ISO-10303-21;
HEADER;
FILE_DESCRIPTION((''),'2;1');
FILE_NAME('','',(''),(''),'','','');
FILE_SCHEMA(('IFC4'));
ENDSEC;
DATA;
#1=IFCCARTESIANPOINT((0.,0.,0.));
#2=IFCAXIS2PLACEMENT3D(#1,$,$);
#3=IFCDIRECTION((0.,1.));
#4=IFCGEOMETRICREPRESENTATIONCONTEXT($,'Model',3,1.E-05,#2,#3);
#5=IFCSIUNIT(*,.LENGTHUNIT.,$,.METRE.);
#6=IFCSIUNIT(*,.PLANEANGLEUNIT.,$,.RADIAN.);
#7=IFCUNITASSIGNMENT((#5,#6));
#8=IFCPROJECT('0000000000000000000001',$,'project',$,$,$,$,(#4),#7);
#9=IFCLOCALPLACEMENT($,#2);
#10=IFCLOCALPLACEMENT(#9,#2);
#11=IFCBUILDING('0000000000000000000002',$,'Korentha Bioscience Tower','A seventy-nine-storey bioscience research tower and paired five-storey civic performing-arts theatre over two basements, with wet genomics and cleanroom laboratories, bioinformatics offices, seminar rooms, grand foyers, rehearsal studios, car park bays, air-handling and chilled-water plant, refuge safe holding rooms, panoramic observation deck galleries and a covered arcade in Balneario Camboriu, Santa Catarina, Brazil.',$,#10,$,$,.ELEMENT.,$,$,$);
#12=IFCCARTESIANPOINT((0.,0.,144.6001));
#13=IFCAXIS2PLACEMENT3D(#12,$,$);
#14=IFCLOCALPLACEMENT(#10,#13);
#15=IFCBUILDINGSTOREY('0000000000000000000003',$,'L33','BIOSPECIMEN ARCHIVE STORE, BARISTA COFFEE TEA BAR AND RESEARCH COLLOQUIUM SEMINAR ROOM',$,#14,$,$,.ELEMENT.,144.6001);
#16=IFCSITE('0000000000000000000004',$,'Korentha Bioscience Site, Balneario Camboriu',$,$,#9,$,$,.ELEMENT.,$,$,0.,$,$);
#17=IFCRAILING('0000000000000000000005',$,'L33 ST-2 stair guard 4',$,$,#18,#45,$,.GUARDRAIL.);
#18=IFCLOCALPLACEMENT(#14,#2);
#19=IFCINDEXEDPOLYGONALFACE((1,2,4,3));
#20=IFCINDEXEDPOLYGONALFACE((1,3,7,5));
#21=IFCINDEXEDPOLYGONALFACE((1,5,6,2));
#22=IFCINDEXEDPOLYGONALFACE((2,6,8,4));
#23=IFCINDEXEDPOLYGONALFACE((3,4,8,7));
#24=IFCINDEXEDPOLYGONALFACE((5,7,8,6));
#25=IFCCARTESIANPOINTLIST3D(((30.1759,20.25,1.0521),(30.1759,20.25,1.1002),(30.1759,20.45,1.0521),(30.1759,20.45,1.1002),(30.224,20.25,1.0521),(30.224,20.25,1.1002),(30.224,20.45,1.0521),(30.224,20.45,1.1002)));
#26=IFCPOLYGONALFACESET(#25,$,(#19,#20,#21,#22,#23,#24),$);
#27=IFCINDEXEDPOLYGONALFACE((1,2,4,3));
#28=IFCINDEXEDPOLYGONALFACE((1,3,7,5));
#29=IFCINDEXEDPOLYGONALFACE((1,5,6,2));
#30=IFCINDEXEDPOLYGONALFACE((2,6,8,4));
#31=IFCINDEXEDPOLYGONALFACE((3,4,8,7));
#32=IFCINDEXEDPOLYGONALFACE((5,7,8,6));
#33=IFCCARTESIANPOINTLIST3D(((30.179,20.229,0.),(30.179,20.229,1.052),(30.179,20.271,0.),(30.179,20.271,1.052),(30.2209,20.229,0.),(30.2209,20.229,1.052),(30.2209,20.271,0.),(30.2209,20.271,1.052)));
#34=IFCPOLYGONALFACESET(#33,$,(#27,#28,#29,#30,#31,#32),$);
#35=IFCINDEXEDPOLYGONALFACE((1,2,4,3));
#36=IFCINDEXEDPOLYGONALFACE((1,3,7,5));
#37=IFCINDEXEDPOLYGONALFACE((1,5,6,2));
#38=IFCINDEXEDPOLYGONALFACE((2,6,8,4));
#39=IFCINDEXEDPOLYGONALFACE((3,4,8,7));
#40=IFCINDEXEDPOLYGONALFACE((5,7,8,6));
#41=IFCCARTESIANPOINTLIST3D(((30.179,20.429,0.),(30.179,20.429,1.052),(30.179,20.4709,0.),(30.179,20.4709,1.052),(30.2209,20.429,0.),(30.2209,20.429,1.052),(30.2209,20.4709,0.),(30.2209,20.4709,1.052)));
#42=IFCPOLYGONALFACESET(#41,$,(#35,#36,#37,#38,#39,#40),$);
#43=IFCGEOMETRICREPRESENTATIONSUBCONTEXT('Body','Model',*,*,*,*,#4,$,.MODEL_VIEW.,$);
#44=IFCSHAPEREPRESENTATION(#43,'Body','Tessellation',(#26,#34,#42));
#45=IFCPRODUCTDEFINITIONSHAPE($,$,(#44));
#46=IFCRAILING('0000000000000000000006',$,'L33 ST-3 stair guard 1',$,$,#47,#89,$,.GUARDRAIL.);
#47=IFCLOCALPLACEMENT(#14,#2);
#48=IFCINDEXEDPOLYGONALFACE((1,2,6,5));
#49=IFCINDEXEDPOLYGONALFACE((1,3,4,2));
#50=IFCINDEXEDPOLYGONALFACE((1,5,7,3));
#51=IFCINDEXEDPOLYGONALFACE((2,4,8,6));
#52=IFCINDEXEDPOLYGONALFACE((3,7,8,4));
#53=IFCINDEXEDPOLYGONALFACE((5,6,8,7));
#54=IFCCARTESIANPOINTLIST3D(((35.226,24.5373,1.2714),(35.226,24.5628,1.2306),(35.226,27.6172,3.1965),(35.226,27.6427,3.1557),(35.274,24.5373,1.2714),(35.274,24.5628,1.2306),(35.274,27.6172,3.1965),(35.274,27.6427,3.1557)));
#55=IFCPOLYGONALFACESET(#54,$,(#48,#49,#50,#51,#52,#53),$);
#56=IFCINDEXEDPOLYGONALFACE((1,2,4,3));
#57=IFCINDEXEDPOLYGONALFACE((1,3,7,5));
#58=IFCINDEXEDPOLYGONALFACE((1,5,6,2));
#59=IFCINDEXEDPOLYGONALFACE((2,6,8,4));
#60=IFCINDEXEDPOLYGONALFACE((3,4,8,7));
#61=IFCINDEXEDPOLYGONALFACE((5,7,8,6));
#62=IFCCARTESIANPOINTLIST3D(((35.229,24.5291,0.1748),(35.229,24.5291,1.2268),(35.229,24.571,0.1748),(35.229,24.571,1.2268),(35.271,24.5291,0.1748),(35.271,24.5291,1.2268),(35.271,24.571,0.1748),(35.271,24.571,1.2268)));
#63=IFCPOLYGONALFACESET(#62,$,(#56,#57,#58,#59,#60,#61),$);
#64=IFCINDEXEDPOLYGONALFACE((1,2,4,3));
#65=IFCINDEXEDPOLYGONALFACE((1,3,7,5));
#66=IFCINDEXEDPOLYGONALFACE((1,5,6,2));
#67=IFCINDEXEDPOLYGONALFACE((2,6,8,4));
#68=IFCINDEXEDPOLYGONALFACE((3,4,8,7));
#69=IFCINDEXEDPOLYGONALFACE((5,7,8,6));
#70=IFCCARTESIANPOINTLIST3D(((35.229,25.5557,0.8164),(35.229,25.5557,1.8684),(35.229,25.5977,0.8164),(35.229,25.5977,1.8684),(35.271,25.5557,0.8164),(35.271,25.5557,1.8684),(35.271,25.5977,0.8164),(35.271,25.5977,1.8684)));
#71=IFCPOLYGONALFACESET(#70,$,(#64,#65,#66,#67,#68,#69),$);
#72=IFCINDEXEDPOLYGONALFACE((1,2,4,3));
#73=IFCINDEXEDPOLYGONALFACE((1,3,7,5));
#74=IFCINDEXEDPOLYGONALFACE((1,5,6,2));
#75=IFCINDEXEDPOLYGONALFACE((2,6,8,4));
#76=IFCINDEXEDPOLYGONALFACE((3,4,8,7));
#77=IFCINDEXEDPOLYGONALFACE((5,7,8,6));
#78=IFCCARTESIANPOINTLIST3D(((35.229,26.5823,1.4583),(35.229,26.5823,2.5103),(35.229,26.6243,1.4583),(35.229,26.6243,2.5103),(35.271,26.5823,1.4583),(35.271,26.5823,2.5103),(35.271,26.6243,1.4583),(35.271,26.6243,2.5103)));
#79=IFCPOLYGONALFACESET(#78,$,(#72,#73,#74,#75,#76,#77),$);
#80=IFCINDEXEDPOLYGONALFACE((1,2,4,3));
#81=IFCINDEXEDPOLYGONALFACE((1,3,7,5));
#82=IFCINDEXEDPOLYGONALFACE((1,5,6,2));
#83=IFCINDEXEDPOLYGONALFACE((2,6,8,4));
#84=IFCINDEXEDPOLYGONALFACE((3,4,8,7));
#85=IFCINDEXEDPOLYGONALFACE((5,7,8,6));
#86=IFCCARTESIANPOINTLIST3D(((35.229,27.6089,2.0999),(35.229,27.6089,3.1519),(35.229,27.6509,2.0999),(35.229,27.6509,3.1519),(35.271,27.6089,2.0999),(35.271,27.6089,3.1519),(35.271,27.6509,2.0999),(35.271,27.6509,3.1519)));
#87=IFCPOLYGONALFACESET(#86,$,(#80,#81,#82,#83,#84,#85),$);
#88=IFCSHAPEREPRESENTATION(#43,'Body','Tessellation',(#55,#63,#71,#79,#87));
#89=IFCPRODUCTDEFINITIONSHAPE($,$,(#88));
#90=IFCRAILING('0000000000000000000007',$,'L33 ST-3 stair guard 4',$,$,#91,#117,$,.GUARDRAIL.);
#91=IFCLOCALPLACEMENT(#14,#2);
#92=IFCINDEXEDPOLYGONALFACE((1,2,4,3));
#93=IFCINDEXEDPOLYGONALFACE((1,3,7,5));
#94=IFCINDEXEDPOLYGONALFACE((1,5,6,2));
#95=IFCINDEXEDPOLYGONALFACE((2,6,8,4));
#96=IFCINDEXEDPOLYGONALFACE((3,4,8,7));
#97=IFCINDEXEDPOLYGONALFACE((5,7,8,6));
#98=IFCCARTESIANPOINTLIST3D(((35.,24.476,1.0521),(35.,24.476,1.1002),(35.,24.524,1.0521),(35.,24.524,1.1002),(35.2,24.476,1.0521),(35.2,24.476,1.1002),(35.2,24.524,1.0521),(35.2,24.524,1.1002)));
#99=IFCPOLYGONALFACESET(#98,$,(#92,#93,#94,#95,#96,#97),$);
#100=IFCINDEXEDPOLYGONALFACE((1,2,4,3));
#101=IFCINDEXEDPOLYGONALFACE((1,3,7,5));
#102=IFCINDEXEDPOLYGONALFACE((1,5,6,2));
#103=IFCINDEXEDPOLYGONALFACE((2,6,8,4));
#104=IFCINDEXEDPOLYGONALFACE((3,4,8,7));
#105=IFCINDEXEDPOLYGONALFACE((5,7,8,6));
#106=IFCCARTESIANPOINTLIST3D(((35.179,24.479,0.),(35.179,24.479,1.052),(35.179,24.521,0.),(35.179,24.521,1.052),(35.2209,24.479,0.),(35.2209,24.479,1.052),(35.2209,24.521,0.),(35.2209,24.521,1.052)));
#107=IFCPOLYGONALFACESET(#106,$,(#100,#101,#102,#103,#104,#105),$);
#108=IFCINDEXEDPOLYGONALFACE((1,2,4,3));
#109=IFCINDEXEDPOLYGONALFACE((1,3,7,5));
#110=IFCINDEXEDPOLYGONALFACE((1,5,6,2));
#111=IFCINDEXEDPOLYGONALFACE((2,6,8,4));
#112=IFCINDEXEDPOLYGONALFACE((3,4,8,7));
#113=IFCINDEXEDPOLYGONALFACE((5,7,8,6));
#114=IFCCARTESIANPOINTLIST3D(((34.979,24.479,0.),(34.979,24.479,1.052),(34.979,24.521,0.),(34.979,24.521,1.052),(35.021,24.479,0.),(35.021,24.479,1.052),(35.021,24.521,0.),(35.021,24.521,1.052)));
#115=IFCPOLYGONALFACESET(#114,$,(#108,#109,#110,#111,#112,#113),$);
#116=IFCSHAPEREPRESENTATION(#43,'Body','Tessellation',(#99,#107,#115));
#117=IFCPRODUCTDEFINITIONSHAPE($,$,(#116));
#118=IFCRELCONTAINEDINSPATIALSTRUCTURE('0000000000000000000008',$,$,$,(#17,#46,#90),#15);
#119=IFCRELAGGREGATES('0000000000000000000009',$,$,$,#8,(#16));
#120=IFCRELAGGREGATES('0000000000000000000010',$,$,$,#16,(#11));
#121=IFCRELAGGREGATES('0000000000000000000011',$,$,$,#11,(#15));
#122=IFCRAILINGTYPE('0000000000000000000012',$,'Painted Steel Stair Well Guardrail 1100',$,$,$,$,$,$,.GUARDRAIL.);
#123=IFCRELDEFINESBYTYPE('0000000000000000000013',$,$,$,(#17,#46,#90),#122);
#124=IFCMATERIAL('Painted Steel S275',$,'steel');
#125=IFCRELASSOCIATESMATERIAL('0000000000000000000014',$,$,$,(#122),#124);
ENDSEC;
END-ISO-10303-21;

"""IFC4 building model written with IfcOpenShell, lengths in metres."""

from ifc_helpers import new_model, si_unit, direction, frame, origin, origin_2d, place, context, subcontext, project, spatial, rectangle, extrude, material, type_object, element, save


model = new_model("IFC4")

# Units and contexts
model_context = context("Model", 3, precision=1e-05, world=origin(), true_north=direction((0.0, 1.0)))
body_context = subcontext(model_context, "Body", "Model", "MODEL_VIEW")
ifc_project = project(units=[si_unit("LENGTHUNIT", "METRE"), si_unit("PLANEANGLEUNIT", "RADIAN")], contexts=[model_context])

# Site, building, storey
site_placement = place(None, origin())
site = spatial("IfcSite", under=ifc_project, at=site_placement, Name="Korentha Bioscience Site, Balneario Camboriu", CompositionType="ELEMENT", RefElevation=0.0)
building_placement = place(site_placement, origin())
building = spatial("IfcBuilding", under=site, at=building_placement, Name="Korentha Bioscience Tower", Description="A seventy-nine-storey bioscience research tower and paired five-storey civic performing-arts theatre over two basements, with wet genomics and cleanroom laboratories, bioinformatics offices, seminar rooms, grand foyers, rehearsal studios, car park bays, air-handling and chilled-water plant, refuge safe holding rooms, panoramic observation deck galleries and a covered arcade in Balneario Camboriu, Santa Catarina, Brazil.", CompositionType="ELEMENT")
storey_placement = place(building_placement, frame((0.0, 0.0, 144.6001)))
storey = spatial("IfcBuildingStorey", under=building, at=storey_placement, Name="L33", Description="BIOSPECIMEN ARCHIVE STORE, BARISTA COFFEE TEA BAR AND RESEARCH COLLOQUIUM SEMINAR ROOM", CompositionType="ELEMENT", Elevation=144.6001)

# Railings
ifc_material_1 = material(Name="Painted Steel S275", Category="steel")
railing_type_1 = type_object("IfcRailingType", Name="Painted Steel Stair Well Guardrail 1100", PredefinedType="GUARDRAIL", material=ifc_material_1)
railing_1_placement = place(storey_placement, frame((30.2, 20.25, 0.0)))
element("IfcRailing", 1, at=railing_1_placement, inside=storey, type_object=railing_type_1, Name="L33 ST-2 stair guard 4", PredefinedType="GUARDRAIL", context=body_context, shape_type="SweptSolid", body=[
    extrude(rectangle(XDim=0.0481, YDim=0.0481, at=origin_2d()), frame((0.0, 0.0, 1.0762), z_axis=(0.0, 1.0, 0.0), x_axis=(-1.0, 0.0, 0.0)), (0.0, 0.0, 1.0), 0.2),
    extrude(rectangle(XDim=0.042, YDim=0.042, at=origin_2d()), origin(), (0.0, 0.0, 1.0), 1.052),
    extrude(rectangle(XDim=0.042, YDim=0.042, at=origin_2d()), frame((0.0, 0.2, 0.0)), (0.0, 0.0, 1.0), 1.052),
])
railing_2_placement = place(storey_placement, frame((35.25, 24.55, 0.1748)))
element("IfcRailing", 2, at=railing_2_placement, inside=storey, type_object=railing_type_1, Name="L33 ST-3 stair guard 1", PredefinedType="GUARDRAIL", context=body_context, shape_type="SweptSolid", body=[
    extrude(rectangle(XDim=0.0481, YDim=0.0481, at=origin_2d()), frame((0.0, 0.0, 1.0762), z_axis=(0.0, 0.847979, 0.530029), x_axis=(-1.0, 0.0, 0.0)), (0.0, 0.0, 1.0), 3.6321),
    extrude(rectangle(XDim=0.042, YDim=0.042, at=origin_2d()), origin(), (0.0, 0.0, 1.0), 1.052),
    extrude(rectangle(XDim=0.042, YDim=0.042, at=origin_2d()), frame((0.0, 1.0266, 0.6416)), (0.0, 0.0, 1.0), 1.052),
    extrude(rectangle(XDim=0.042, YDim=0.042, at=origin_2d()), frame((0.0, 2.0532, 1.2834)), (0.0, 0.0, 1.0), 1.052),
    extrude(rectangle(XDim=0.042, YDim=0.042, at=origin_2d()), frame((0.0, 3.0798, 1.925)), (0.0, 0.0, 1.0), 1.052),
])
railing_3_placement = place(storey_placement, frame((35.2, 24.5, 0.0)))
element("IfcRailing", 3, at=railing_3_placement, inside=storey, type_object=railing_type_1, Name="L33 ST-3 stair guard 4", PredefinedType="GUARDRAIL", context=body_context, shape_type="SweptSolid", body=[
    extrude(rectangle(XDim=0.0481, YDim=0.0481, at=origin_2d()), frame((0.0, 0.0, 1.0762), z_axis=(-1.0, 0.0, 0.0), x_axis=(0.0, -1.0, 0.0)), (0.0, 0.0, 1.0), 0.2),
    extrude(rectangle(XDim=0.042, YDim=0.042, at=origin_2d()), origin(), (0.0, 0.0, 1.0), 1.052),
    extrude(rectangle(XDim=0.042, YDim=0.042, at=origin_2d()), frame((-0.2, 0.0, 0.0)), (0.0, 0.0, 1.0), 1.052),
])

save(model, "model.ifc")
